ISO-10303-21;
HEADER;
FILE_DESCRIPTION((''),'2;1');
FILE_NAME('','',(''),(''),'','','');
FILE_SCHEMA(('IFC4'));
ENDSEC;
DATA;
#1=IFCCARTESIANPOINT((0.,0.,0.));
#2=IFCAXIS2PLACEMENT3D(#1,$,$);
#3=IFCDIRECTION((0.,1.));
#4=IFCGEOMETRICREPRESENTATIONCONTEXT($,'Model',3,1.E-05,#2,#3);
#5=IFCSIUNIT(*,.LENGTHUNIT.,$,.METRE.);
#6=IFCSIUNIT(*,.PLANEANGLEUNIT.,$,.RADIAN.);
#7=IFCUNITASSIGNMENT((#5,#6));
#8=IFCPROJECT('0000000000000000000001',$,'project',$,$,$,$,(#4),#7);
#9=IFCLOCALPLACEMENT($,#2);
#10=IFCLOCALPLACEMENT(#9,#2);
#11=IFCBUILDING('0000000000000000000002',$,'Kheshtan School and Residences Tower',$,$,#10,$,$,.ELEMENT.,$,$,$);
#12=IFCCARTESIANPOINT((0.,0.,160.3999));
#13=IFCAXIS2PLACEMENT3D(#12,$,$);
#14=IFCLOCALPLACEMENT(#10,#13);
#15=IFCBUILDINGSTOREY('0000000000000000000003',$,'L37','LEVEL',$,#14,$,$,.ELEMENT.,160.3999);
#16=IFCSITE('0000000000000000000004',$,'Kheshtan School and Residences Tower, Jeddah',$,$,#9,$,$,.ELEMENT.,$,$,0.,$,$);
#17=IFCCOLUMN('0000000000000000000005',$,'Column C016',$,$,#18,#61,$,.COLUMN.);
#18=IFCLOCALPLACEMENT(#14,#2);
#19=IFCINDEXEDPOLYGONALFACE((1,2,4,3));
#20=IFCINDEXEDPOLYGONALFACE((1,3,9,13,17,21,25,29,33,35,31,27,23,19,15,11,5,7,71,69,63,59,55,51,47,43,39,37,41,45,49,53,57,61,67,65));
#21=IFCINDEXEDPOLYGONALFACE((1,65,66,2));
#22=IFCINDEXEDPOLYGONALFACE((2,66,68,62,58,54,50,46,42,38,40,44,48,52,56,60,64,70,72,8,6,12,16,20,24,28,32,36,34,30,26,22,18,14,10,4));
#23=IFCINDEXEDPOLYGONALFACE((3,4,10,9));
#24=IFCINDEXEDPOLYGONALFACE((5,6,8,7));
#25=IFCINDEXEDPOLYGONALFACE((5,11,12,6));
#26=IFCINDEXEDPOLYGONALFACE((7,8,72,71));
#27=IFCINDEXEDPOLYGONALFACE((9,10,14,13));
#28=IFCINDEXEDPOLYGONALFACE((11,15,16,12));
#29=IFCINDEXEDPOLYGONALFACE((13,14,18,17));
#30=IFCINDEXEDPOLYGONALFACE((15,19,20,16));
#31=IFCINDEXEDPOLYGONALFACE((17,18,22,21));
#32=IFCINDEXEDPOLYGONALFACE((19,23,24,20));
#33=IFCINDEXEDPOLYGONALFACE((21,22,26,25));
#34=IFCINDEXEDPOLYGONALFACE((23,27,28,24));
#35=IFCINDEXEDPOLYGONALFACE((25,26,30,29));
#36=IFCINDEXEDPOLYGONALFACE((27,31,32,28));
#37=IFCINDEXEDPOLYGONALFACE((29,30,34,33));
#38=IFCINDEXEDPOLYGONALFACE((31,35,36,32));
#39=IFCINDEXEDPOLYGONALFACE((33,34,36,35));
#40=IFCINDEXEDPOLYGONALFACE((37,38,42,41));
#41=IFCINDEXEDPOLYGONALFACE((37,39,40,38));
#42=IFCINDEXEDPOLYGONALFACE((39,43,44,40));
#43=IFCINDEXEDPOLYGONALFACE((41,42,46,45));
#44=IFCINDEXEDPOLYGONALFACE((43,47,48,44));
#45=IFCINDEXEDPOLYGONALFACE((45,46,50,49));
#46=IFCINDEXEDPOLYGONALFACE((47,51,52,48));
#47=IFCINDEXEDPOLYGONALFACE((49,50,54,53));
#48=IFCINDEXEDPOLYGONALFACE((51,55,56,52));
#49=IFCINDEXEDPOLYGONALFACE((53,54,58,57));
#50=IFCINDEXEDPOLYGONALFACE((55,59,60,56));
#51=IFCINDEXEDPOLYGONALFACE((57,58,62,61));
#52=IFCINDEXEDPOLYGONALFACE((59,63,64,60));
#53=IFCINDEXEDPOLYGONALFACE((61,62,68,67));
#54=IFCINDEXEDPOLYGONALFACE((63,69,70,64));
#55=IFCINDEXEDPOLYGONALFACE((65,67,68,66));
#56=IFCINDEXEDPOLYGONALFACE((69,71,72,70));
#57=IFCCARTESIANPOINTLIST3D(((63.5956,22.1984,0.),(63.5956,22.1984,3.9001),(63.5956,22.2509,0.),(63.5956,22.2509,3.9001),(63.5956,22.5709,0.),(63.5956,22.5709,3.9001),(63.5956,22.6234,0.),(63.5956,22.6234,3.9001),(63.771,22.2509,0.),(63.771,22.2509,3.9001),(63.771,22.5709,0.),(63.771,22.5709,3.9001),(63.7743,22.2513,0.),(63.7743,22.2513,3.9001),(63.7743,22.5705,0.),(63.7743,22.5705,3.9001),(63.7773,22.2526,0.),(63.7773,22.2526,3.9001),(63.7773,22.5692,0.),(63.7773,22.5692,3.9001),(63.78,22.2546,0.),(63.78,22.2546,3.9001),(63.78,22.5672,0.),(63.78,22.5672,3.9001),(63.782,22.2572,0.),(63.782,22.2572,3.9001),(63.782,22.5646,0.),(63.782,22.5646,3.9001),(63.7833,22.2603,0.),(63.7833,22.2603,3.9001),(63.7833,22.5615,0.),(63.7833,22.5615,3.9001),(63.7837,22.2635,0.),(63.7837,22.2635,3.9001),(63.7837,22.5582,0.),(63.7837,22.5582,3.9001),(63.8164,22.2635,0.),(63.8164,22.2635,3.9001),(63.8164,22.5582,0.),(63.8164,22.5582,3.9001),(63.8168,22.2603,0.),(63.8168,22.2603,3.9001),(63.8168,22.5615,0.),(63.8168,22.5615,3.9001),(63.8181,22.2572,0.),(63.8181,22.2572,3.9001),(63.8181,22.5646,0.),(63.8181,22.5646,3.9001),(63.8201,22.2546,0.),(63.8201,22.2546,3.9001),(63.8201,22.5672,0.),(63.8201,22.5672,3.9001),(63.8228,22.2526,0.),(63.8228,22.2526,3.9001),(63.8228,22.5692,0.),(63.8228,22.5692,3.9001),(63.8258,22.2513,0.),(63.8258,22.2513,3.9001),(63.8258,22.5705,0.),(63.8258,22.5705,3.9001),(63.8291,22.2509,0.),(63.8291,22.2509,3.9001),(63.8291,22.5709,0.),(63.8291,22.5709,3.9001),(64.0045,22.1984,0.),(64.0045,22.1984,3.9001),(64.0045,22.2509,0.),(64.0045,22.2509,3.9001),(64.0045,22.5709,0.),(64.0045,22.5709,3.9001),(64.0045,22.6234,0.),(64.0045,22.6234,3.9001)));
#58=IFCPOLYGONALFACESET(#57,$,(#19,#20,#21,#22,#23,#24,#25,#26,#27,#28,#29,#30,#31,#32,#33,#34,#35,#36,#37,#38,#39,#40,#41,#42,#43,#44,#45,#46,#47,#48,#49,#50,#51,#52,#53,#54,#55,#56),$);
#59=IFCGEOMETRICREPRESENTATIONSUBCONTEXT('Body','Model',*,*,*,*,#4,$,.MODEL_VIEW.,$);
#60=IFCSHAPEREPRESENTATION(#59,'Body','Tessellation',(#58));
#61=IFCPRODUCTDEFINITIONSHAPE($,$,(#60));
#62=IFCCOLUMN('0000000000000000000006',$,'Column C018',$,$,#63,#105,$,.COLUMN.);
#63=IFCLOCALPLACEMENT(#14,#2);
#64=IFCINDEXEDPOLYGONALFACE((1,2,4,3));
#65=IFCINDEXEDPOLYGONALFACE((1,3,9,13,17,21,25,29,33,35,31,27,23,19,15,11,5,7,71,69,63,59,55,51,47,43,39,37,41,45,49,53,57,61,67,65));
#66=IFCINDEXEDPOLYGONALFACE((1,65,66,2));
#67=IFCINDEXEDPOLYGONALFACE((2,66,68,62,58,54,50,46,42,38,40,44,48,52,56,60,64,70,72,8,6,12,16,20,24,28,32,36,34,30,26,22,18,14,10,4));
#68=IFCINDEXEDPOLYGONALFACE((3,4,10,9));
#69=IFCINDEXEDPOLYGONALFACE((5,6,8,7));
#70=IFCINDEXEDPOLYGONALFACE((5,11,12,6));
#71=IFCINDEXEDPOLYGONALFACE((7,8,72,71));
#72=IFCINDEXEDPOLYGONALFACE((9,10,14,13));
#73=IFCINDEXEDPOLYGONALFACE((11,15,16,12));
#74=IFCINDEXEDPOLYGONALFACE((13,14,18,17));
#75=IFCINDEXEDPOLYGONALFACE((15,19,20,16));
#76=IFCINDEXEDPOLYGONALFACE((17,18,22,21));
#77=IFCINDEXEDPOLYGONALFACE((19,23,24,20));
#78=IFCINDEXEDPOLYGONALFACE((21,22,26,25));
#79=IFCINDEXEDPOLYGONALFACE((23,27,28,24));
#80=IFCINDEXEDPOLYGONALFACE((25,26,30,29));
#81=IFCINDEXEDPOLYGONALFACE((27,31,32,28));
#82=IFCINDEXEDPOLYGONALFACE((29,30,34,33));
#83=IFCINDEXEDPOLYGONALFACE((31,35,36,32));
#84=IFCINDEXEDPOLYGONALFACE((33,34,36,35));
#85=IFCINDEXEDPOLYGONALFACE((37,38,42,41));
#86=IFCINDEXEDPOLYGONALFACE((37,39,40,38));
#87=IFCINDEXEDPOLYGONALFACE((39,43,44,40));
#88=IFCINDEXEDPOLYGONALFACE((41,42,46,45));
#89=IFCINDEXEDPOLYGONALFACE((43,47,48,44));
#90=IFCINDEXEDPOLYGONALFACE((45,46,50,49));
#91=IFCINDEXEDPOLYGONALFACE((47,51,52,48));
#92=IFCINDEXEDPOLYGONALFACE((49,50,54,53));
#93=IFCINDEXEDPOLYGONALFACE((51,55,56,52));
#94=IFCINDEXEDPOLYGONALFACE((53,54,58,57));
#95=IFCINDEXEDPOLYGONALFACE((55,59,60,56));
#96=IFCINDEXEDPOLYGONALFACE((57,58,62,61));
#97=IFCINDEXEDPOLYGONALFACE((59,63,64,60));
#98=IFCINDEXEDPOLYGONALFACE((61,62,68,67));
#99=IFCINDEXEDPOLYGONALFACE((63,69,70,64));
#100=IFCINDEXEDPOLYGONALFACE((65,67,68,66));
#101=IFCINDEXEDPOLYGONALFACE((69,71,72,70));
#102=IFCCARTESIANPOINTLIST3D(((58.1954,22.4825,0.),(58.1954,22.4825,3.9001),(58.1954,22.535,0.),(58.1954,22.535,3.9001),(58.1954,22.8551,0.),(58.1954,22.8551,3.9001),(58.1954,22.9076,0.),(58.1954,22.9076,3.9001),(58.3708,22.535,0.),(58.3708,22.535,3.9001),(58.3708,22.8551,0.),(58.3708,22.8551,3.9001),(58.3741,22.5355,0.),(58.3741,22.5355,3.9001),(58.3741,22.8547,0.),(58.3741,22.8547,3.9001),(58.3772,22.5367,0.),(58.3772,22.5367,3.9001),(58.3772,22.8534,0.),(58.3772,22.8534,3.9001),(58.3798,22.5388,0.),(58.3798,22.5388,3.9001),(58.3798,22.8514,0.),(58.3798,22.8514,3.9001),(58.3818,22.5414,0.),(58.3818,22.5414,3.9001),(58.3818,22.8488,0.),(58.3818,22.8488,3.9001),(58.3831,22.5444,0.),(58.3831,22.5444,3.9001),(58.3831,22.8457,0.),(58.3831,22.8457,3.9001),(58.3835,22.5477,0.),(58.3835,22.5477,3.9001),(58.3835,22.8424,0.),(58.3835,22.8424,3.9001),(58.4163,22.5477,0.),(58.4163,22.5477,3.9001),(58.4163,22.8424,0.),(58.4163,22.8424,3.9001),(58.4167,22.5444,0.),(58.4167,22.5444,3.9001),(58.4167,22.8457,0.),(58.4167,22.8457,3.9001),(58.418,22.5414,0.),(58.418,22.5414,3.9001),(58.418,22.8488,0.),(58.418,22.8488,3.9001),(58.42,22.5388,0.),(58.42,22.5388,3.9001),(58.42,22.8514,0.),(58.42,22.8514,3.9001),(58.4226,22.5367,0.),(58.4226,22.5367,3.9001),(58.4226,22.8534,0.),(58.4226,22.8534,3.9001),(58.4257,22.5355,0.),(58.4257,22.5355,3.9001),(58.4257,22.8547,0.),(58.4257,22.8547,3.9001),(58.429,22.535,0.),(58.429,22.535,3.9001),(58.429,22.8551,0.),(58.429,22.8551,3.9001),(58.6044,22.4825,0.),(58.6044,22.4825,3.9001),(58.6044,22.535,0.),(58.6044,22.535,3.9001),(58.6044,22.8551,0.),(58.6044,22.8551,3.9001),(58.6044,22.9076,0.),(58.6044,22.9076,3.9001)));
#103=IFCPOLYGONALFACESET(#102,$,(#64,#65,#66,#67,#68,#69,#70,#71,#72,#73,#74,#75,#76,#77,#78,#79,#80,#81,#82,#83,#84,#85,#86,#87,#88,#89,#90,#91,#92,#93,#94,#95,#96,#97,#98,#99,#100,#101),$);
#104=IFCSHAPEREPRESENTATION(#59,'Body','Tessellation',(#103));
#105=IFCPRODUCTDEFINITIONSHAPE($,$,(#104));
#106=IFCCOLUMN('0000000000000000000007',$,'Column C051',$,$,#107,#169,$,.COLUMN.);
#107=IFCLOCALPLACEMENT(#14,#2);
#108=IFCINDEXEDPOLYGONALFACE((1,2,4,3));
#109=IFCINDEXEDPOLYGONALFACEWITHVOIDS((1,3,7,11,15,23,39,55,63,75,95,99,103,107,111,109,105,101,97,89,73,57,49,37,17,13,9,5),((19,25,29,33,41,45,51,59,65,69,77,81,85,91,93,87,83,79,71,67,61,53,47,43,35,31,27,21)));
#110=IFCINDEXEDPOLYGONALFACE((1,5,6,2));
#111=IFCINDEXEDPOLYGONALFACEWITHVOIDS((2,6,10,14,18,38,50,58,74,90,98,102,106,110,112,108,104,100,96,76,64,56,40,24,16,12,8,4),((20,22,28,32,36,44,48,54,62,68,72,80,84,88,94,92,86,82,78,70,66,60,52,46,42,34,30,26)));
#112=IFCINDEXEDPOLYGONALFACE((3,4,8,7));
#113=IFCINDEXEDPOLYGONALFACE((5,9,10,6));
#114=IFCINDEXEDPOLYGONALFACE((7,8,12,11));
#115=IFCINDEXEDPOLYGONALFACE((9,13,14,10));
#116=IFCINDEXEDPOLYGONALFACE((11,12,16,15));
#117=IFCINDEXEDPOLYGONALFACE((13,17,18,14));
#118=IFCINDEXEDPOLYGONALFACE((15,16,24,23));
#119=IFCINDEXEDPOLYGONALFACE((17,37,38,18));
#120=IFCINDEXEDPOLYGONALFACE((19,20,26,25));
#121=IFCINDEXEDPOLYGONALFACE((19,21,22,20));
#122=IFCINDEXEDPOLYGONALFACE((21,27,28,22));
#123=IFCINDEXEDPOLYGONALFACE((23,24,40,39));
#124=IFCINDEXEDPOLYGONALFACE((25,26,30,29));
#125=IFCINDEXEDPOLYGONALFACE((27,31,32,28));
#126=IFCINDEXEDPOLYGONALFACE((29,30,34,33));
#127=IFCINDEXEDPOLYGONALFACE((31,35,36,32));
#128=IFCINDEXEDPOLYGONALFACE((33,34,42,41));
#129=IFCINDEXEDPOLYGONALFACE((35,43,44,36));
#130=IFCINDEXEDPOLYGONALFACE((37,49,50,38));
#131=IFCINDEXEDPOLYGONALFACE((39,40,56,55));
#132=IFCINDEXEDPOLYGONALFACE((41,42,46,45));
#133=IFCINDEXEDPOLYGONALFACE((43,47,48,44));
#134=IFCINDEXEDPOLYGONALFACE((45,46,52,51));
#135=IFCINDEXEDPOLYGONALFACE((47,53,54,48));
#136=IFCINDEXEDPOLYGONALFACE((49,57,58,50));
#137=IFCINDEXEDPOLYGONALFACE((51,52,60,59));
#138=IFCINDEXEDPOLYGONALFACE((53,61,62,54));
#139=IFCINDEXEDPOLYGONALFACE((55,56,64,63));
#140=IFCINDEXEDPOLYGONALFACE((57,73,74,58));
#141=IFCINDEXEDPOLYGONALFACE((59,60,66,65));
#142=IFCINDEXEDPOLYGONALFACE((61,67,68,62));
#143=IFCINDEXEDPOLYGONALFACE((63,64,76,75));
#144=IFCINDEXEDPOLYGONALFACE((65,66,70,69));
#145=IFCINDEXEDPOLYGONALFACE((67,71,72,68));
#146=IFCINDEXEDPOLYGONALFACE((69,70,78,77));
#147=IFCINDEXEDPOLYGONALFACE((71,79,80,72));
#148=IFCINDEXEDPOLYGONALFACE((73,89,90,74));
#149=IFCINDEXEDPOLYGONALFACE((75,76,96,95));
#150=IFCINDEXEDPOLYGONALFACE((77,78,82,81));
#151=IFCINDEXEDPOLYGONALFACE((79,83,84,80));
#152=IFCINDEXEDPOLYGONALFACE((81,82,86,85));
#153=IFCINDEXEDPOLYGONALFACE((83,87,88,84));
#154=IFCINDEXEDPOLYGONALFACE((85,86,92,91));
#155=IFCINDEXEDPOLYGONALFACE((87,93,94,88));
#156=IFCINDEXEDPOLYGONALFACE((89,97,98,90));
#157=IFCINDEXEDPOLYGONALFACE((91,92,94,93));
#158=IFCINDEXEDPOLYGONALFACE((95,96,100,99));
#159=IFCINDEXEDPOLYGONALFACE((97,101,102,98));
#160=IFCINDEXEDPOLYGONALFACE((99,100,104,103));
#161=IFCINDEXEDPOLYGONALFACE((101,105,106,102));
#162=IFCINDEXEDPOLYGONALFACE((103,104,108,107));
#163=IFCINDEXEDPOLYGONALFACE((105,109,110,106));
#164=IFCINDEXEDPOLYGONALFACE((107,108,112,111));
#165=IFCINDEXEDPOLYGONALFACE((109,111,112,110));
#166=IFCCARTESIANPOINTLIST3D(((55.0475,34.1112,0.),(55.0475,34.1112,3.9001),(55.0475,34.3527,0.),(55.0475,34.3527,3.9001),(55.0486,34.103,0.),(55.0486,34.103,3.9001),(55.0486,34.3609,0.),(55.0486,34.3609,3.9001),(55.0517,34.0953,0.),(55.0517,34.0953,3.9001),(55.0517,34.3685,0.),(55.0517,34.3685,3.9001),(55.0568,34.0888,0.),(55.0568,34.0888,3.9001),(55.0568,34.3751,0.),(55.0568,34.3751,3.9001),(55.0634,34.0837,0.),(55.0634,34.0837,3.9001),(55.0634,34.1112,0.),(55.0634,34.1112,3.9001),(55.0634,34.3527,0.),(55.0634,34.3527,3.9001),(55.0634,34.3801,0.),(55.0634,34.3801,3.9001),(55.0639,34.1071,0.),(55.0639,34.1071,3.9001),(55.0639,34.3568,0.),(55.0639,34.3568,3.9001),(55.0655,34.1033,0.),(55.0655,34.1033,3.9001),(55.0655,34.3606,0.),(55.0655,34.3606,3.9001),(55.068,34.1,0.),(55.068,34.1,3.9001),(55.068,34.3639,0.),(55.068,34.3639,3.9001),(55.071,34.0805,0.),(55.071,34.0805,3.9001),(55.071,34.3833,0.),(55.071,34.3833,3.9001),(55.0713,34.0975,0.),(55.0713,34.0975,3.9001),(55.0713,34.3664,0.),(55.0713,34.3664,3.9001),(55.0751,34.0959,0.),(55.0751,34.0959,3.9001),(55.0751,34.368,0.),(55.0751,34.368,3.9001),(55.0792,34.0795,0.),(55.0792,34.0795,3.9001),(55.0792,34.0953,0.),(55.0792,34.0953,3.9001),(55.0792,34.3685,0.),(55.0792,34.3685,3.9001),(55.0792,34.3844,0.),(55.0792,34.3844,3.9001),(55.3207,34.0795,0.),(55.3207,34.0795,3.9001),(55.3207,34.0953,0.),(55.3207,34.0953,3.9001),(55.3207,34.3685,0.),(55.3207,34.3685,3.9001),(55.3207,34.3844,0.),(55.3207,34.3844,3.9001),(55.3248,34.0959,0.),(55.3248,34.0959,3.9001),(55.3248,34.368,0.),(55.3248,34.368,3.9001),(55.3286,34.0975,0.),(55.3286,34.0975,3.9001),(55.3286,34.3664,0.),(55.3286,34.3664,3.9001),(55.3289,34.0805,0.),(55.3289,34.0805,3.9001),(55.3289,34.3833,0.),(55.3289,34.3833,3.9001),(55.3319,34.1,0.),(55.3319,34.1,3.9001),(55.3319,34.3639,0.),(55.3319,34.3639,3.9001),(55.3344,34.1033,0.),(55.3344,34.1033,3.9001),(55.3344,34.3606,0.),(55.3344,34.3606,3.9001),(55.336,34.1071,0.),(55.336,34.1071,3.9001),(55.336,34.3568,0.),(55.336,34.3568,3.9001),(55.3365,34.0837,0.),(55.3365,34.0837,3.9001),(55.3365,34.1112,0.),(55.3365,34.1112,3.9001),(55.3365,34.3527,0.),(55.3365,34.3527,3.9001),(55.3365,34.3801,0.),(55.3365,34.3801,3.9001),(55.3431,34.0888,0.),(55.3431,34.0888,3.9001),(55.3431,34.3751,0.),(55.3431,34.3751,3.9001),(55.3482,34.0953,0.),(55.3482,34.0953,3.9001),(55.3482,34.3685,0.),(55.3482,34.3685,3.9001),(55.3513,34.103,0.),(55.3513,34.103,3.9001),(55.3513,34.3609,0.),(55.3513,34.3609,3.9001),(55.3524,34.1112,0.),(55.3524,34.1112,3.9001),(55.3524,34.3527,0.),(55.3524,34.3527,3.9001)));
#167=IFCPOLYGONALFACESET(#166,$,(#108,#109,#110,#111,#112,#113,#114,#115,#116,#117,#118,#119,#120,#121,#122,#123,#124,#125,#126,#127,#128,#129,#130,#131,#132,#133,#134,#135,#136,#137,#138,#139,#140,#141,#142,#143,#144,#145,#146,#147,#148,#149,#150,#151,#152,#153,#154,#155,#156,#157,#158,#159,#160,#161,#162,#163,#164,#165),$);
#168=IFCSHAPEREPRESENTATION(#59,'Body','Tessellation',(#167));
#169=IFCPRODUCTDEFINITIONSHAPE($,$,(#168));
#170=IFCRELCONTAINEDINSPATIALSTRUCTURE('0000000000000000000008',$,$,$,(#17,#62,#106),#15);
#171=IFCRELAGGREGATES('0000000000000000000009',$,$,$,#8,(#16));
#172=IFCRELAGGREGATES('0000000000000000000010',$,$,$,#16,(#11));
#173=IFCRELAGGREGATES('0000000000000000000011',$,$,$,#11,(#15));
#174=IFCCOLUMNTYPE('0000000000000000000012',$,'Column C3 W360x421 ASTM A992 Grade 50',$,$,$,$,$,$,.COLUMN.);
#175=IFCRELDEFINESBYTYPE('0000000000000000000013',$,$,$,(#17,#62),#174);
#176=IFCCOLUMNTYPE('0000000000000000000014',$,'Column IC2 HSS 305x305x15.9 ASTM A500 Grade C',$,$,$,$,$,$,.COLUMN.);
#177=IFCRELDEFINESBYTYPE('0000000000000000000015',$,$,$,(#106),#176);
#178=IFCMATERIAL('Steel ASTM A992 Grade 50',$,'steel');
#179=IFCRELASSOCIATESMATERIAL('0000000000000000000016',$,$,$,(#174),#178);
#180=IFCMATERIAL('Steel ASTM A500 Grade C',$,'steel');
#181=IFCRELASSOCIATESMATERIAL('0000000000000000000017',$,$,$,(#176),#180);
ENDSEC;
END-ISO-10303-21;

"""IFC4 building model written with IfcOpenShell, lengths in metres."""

from ifc_helpers import new_model, si_unit, direction, frame, origin, origin_2d, place, context, subcontext, project, spatial, hollow_rectangle, i_section, extrude, material, material_profile, profile_set, type_object, element, save


model = new_model("IFC4")

# Units and contexts
model_context = context("Model", 3, precision=1e-05, world=origin(), true_north=direction((0.0, 1.0)))
body_context = subcontext(model_context, "Body", "Model", "MODEL_VIEW")
ifc_project = project(units=[si_unit("LENGTHUNIT", "METRE"), si_unit("PLANEANGLEUNIT", "RADIAN")], contexts=[model_context])

# Site, building, storey
site_placement = place(None, origin())
site = spatial("IfcSite", under=ifc_project, at=site_placement, Name="Kheshtan School and Residences Tower, Jeddah", CompositionType="ELEMENT", RefElevation=0.0)
building_placement = place(site_placement, origin())
building = spatial("IfcBuilding", under=site, at=building_placement, Name="Kheshtan School and Residences Tower", CompositionType="ELEMENT")
storey_placement = place(building_placement, frame((0.0, 0.0, 160.3999)))
storey = spatial("IfcBuildingStorey", under=building, at=storey_placement, Name="L37", Description="LEVEL", CompositionType="ELEMENT", Elevation=160.3999)

# Columns
ifc_material_1 = material(Name="Steel ASTM A992 Grade 50", Category="steel")
ifc_material_profile_1 = material_profile(ifc_material_1, i_section(OverallWidth=0.4089, OverallDepth=0.425, WebThickness=0.0327, FlangeThickness=0.0525, FilletRadius=0.0127, at=origin_2d()), Name="W360x421")
ifc_profile_set_1 = profile_set([ifc_material_profile_1], Name="Steel ASTM A992 Grade 50")
column_type_1 = type_object("IfcColumnType", Name="Column C3 W360x421 ASTM A992 Grade 50", PredefinedType="COLUMN", material=ifc_profile_set_1)
for number, where, z_axis, x_axis, name in (
    (1, (63.8, 22.4109, 0.0), (0.0, 0.0, 1.0), (1.0, 0.0, 0.0), "Column C016"),
    (2, (58.3999, 22.6951, 0.0), (0.0, 0.0, 1.0), (1.0, 0.0, 0.0), "Column C018"),
):
    element("IfcColumn", number, at=place(storey_placement, frame(where, z_axis=z_axis, x_axis=x_axis)), inside=storey, type_object=column_type_1, Name=name, PredefinedType="COLUMN", context=body_context, shape_type="SweptSolid", body=[
        extrude(i_section(OverallWidth=0.4089, OverallDepth=0.425, WebThickness=0.0327, FlangeThickness=0.0525, FilletRadius=0.0127, at=origin_2d()), origin(), (0.0, 0.0, 1.0), 3.9001),
    ])
ifc_material_2 = material(Name="Steel ASTM A500 Grade C", Category="steel")
ifc_material_profile_2 = material_profile(ifc_material_2, hollow_rectangle(XDim=0.3049, YDim=0.3049, WallThickness=0.0159, InnerFilletRadius=0.0159, OuterFilletRadius=0.0317, at=origin_2d()), Name="HSS 305x305x15.9")
ifc_profile_set_2 = profile_set([ifc_material_profile_2], Name="Steel ASTM A500 Grade C")
column_type_2 = type_object("IfcColumnType", Name="Column IC2 HSS 305x305x15.9 ASTM A500 Grade C", PredefinedType="COLUMN", material=ifc_profile_set_2)
column_placement = place(storey_placement, frame((55.2, 34.2319, 0.0), z_axis=(0.0, 0.0, 1.0), x_axis=(1.0, 0.0, 0.0)))
element("IfcColumn", 3, at=column_placement, inside=storey, type_object=column_type_2, Name="Column C051", PredefinedType="COLUMN", context=body_context, shape_type="SweptSolid", body=[
    extrude(hollow_rectangle(XDim=0.3049, YDim=0.3049, WallThickness=0.0159, InnerFilletRadius=0.0159, OuterFilletRadius=0.0317, at=origin_2d()), origin(), (0.0, 0.0, 1.0), 3.9001),
])

save(model, "model.ifc")
